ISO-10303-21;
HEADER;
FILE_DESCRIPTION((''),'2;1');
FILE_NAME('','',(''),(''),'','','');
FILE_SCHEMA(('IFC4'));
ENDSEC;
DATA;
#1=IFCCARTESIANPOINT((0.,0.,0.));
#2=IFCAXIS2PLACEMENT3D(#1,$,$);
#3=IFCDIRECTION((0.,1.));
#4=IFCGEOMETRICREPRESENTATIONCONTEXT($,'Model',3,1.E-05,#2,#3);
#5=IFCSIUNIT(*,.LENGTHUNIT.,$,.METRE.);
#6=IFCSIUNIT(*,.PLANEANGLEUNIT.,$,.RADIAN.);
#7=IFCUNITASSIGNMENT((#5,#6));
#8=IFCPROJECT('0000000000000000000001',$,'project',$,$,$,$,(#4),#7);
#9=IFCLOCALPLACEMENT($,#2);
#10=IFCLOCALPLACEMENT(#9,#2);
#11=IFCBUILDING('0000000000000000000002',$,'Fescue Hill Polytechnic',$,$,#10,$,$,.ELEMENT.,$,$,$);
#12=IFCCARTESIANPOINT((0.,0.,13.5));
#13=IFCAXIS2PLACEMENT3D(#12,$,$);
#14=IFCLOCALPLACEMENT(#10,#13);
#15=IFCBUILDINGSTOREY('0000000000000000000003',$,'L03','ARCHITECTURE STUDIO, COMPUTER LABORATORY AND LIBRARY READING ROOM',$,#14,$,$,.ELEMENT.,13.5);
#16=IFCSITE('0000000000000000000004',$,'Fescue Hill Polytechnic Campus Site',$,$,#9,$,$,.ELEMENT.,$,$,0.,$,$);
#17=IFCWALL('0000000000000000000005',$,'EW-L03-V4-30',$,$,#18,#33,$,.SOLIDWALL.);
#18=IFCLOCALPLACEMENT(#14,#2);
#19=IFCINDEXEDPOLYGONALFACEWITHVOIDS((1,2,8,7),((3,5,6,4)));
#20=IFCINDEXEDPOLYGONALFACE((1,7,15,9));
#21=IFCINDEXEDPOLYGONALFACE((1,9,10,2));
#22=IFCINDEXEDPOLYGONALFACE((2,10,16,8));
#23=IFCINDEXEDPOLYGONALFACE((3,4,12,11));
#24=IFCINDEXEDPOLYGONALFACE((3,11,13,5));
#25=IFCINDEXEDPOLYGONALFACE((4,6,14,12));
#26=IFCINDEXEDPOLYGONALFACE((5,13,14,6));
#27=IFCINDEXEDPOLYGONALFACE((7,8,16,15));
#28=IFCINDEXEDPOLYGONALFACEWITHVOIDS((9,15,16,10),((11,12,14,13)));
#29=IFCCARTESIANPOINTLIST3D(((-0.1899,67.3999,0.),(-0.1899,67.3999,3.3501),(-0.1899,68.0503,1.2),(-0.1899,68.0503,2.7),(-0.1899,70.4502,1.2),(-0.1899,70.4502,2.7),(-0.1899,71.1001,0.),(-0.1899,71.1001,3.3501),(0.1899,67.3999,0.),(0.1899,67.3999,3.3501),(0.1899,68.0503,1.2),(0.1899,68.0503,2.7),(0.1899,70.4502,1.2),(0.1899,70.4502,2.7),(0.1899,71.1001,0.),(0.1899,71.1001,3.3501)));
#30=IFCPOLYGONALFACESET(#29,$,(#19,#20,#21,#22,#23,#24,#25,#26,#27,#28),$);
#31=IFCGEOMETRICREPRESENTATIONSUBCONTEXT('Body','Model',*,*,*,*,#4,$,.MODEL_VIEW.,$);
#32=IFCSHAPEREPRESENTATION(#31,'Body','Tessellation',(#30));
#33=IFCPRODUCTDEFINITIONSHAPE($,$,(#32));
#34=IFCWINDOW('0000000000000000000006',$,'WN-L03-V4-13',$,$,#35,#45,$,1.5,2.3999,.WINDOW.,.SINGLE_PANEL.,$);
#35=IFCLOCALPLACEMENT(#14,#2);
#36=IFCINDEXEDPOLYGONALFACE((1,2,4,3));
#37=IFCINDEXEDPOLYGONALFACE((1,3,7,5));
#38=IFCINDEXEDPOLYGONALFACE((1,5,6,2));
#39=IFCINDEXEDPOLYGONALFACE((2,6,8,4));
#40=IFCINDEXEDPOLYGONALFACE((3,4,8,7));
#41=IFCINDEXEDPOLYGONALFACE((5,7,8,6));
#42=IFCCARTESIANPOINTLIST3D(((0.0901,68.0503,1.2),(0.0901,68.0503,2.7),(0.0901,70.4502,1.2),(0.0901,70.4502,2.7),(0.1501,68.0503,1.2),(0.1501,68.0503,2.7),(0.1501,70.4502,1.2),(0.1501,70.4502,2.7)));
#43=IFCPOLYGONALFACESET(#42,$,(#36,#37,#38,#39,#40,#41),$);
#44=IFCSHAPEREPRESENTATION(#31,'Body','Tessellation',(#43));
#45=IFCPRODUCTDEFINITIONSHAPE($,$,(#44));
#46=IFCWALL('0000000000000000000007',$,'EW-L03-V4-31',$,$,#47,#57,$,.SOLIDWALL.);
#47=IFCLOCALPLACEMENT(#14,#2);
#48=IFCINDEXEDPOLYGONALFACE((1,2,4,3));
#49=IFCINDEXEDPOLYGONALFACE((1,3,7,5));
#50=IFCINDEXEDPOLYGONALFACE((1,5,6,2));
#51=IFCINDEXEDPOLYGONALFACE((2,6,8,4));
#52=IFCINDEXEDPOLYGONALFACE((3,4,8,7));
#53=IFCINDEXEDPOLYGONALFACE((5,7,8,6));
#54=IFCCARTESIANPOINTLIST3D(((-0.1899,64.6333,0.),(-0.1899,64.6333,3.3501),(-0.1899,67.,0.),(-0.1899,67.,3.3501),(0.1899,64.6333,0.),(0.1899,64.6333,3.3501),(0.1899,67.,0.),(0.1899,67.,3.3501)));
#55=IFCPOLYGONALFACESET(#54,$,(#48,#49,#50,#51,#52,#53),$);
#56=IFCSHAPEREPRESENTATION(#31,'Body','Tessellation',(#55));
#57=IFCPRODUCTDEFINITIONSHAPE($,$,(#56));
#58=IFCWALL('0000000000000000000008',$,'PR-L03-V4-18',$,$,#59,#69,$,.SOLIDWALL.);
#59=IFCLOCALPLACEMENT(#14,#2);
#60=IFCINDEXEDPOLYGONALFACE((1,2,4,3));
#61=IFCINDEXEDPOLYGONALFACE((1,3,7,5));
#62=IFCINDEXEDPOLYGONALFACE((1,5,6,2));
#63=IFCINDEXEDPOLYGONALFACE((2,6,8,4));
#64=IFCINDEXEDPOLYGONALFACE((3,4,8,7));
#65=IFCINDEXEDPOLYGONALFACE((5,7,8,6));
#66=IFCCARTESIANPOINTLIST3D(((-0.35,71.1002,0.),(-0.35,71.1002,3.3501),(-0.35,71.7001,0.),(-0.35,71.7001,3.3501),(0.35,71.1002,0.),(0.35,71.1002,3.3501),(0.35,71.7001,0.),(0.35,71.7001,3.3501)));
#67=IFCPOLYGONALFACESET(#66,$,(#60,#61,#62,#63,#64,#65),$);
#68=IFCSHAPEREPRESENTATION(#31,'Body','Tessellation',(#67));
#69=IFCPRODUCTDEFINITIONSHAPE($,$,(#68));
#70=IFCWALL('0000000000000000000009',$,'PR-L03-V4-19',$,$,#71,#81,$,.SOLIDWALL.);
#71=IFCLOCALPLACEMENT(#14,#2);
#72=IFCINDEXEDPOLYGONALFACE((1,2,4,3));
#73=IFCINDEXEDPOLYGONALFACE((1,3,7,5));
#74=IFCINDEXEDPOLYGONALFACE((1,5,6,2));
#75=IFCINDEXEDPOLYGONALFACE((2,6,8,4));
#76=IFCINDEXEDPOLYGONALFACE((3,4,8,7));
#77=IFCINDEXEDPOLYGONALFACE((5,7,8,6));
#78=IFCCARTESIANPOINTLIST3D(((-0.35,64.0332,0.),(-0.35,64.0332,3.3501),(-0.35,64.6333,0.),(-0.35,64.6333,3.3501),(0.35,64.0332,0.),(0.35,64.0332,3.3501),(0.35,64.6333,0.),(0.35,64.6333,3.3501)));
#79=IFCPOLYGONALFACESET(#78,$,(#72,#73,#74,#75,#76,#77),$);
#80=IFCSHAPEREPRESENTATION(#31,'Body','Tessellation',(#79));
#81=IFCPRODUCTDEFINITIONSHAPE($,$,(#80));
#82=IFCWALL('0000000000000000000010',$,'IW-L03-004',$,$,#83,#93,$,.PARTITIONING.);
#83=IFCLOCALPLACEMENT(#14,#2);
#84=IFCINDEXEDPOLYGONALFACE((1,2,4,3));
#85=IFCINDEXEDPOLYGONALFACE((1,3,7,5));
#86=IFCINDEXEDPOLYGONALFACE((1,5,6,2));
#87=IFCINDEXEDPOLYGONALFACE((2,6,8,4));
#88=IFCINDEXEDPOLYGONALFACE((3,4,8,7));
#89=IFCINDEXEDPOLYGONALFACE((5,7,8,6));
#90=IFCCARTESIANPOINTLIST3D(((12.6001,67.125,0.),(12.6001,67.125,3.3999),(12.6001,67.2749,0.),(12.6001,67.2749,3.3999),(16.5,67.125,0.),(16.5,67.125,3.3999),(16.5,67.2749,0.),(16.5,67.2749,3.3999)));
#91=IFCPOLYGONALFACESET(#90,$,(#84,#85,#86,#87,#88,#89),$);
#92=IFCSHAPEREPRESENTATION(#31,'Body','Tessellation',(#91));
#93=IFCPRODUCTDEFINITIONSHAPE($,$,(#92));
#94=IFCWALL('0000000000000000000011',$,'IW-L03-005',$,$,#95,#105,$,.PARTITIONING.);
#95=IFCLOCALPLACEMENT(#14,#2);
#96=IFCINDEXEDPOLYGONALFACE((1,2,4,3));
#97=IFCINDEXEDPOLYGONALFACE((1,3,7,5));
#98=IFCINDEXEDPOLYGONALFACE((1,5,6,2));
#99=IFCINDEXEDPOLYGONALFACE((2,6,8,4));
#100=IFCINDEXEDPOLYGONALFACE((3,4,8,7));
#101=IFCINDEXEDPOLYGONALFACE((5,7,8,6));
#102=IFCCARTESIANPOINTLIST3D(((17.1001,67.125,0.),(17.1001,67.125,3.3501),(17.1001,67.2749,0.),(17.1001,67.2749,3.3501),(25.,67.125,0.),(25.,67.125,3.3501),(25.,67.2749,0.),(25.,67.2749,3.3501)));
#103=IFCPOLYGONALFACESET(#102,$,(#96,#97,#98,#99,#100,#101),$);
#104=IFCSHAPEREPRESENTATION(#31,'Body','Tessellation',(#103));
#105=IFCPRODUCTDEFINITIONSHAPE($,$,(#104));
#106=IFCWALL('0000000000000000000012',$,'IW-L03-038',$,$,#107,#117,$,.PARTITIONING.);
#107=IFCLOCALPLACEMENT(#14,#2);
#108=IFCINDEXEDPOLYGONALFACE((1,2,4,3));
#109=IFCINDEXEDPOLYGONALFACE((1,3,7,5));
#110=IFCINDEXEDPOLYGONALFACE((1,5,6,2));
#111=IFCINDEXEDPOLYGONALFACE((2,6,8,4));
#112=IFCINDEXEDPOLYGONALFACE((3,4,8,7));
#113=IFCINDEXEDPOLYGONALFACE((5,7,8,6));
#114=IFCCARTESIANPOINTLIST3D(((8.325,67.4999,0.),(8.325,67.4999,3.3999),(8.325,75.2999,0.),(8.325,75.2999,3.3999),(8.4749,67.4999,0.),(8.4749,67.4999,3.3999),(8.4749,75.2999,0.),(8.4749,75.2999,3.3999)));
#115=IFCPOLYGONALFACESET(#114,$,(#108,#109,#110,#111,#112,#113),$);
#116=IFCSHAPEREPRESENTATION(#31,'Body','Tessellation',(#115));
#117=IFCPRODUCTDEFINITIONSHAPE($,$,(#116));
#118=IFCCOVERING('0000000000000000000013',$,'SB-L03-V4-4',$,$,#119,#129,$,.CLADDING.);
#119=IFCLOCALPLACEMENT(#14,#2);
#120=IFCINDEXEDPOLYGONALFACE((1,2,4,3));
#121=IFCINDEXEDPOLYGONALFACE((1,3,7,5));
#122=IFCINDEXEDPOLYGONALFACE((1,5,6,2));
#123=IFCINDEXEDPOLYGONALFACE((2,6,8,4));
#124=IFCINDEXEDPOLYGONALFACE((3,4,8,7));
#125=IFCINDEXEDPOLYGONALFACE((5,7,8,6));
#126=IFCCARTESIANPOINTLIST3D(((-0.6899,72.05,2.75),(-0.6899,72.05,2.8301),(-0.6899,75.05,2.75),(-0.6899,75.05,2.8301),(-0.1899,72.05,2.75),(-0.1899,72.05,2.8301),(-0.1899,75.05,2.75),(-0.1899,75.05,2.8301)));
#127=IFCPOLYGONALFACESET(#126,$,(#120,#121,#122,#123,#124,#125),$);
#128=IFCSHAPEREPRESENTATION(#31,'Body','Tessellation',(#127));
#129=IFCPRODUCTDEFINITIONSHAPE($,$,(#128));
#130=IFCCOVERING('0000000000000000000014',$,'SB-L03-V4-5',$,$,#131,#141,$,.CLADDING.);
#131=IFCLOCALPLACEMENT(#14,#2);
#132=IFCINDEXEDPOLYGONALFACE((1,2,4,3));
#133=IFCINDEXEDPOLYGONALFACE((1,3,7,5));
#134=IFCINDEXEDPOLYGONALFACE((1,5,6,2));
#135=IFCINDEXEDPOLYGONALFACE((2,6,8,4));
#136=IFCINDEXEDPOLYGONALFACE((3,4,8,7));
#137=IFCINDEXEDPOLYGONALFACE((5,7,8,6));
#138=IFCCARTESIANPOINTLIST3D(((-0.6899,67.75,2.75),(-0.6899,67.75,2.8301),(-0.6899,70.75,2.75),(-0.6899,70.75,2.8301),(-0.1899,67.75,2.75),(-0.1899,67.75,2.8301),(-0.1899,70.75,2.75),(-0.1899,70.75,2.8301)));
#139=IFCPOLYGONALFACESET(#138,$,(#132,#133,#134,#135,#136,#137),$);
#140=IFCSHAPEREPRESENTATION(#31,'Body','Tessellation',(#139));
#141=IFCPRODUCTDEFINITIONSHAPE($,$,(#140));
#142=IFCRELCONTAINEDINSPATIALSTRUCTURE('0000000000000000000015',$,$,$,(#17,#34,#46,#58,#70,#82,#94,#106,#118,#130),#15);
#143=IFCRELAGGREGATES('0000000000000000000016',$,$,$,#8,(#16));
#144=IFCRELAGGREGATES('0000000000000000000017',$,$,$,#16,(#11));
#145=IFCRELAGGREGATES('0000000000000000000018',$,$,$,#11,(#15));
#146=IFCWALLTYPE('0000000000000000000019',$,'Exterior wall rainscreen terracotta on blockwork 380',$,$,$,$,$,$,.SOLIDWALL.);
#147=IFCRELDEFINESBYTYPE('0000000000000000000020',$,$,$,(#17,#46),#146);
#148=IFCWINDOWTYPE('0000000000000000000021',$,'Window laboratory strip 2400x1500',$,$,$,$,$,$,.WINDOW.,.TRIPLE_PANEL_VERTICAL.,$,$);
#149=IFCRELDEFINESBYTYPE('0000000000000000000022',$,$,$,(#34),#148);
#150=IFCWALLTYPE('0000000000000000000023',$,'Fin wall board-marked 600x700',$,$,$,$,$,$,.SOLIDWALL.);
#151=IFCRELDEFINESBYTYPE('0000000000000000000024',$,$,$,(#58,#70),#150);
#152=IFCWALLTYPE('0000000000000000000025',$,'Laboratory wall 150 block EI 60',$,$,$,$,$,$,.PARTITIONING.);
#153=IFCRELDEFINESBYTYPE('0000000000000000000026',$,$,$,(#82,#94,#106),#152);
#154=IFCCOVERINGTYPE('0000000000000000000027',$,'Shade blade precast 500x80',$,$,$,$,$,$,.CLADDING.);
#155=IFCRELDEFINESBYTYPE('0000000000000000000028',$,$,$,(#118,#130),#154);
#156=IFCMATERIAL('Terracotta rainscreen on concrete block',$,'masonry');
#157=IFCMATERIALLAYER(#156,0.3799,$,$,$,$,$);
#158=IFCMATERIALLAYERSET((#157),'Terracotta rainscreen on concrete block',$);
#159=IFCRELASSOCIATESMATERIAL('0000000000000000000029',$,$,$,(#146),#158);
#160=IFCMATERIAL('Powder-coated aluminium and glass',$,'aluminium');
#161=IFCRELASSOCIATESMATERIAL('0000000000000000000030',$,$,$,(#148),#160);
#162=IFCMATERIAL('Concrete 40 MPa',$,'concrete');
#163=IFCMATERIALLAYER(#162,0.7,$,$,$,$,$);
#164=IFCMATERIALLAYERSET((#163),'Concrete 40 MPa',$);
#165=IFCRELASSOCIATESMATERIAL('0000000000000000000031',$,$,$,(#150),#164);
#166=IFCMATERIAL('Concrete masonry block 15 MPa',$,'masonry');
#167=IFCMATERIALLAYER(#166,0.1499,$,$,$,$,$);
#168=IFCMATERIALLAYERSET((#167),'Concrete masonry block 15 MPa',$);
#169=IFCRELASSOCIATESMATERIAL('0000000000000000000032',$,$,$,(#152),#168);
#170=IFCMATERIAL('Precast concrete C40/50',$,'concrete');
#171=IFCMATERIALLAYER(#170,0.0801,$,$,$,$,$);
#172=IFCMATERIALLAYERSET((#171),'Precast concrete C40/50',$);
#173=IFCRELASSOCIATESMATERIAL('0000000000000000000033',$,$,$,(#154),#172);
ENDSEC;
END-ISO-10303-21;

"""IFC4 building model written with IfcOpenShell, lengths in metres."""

from ifc_helpers import new_model, si_unit, direction, frame, frame_2d, origin, origin_2d, place, context, subcontext, project, spatial, rectangle, extrude, material, layer, layer_set, type_object, element, fill, save


model = new_model("IFC4")

# Units and contexts
model_context = context("Model", 3, precision=1e-05, world=origin(), true_north=direction((0.0, 1.0)))
body_context = subcontext(model_context, "Body", "Model", "MODEL_VIEW")
ifc_project = project(units=[si_unit("LENGTHUNIT", "METRE"), si_unit("PLANEANGLEUNIT", "RADIAN")], contexts=[model_context])

# Site, building, storey
site_placement = place(None, origin())
site = spatial("IfcSite", under=ifc_project, at=site_placement, Name="Fescue Hill Polytechnic Campus Site", CompositionType="ELEMENT", RefElevation=0.0)
building_placement = place(site_placement, origin())
building = spatial("IfcBuilding", under=site, at=building_placement, Name="Fescue Hill Polytechnic", CompositionType="ELEMENT")
storey_placement = place(building_placement, frame((0.0, 0.0, 13.5)))
storey = spatial("IfcBuildingStorey", under=building, at=storey_placement, Name="L03", Description="ARCHITECTURE STUDIO, COMPUTER LABORATORY AND LIBRARY READING ROOM", CompositionType="ELEMENT", Elevation=13.5)

# Shared definitions
ifc_material_1 = material(Name="Concrete 40 MPa", Category="concrete")

# Wall, opening, window
ifc_material_2 = material(Name="Terracotta rainscreen on concrete block", Category="masonry")
ifc_layer_1 = layer(ifc_material_2, 0.3799)
ifc_layer_set_1 = layer_set([ifc_layer_1], Name="Terracotta rainscreen on concrete block")
wall_type_1 = type_object("IfcWallType", Name="Exterior wall rainscreen terracotta on blockwork 380", PredefinedType="SOLIDWALL", material=ifc_layer_set_1)
ifc_material_3 = material(Name="Powder-coated aluminium and glass", Category="aluminium")
window_type = type_object("IfcWindowType", Name="Window laboratory strip 2400x1500", PartitioningType="TRIPLE_PANEL_VERTICAL", PredefinedType="WINDOW", material=ifc_material_3)
wall_1_placement = place(storey_placement, frame((0.0, 71.1001, 0.0), z_axis=(0.0, 0.0, 1.0), x_axis=(0.0, -1.0, 0.0)))
wall_1 = element("IfcWall", 1, at=wall_1_placement, inside=storey, type_object=wall_type_1, Name="EW-L03-V4-30", PredefinedType="SOLIDWALL", context=body_context, shape_type="SweptSolid", body=[
    extrude(rectangle(XDim=3.7002, YDim=0.3799, at=frame_2d((1.8501, 0.0))), origin(), (0.0, 0.0, 1.0), 3.3501),
])
opening_1_placement = place(wall_1_placement, frame((0.6499, 0.0, 1.2)))
opening_1 = element("IfcOpeningElement", 2, at=opening_1_placement, cuts=wall_1, PredefinedType="OPENING", context=body_context, shape_type="SweptSolid", body=[
    extrude(rectangle(XDim=2.3999, YDim=1.5, at=frame_2d((1.2, 0.75))), frame((0.0, 0.2, 0.0), z_axis=(0.0, -1.0, 0.0), x_axis=(1.0, 0.0, 0.0)), (0.0, 0.0, 1.0), 0.3999),
])
window_1_placement = place(opening_1_placement, origin())
window_1 = element("IfcWindow", 3, at=window_1_placement, inside=storey, type_object=window_type, Name="WN-L03-V4-13", OverallHeight=1.5, OverallWidth=2.3999, PartitioningType="SINGLE_PANEL", PredefinedType="WINDOW", context=body_context, shape_type="SweptSolid", body=[
    extrude(rectangle(XDim=2.3999, YDim=1.5, at=frame_2d((1.2, 0.75))), frame((0.0, 0.1501, 0.0), z_axis=(0.0, -1.0, 0.0), x_axis=(1.0, 0.0, 0.0)), (0.0, 0.0, 1.0), 0.0601),
])
fill(opening_1, window_1)

# Walls
wall_2_placement = place(storey_placement, frame((0.0, 67.0, 0.0), z_axis=(0.0, 0.0, 1.0), x_axis=(0.0, -1.0, 0.0)))
element("IfcWall", 4, at=wall_2_placement, inside=storey, type_object=wall_type_1, Name="EW-L03-V4-31", PredefinedType="SOLIDWALL", context=body_context, shape_type="SweptSolid", body=[
    extrude(rectangle(XDim=2.3667, YDim=0.3799, at=frame_2d((1.1833, 0.0))), origin(), (0.0, 0.0, 1.0), 3.3501),
])
ifc_layer_2 = layer(ifc_material_1, 0.7)
ifc_layer_set_2 = layer_set([ifc_layer_2], Name="Concrete 40 MPa")
wall_type_2 = type_object("IfcWallType", Name="Fin wall board-marked 600x700", PredefinedType="SOLIDWALL", material=ifc_layer_set_2)
wall_3_placement = place(storey_placement, frame((0.0, 71.7, 0.0), z_axis=(0.0, 0.0, 1.0), x_axis=(0.0, -1.0, 0.0)))
element("IfcWall", 5, at=wall_3_placement, inside=storey, type_object=wall_type_2, Name="PR-L03-V4-18", PredefinedType="SOLIDWALL", context=body_context, shape_type="SweptSolid", body=[
    extrude(rectangle(XDim=0.5999, YDim=0.7, at=frame_2d((0.2998, 0.0))), origin(), (0.0, 0.0, 1.0), 3.3501),
])
wall_4_placement = place(storey_placement, frame((0.0, 64.6333, 0.0), z_axis=(0.0, 0.0, 1.0), x_axis=(0.0, -1.0, 0.0)))
element("IfcWall", 6, at=wall_4_placement, inside=storey, type_object=wall_type_2, Name="PR-L03-V4-19", PredefinedType="SOLIDWALL", context=body_context, shape_type="SweptSolid", body=[
    extrude(rectangle(XDim=0.6001, YDim=0.7, at=frame_2d((0.3, 0.0))), origin(), (0.0, 0.0, 1.0), 3.3501),
])
ifc_material_4 = material(Name="Concrete masonry block 15 MPa", Category="masonry")
ifc_layer_3 = layer(ifc_material_4, 0.1499)
ifc_layer_set_3 = layer_set([ifc_layer_3], Name="Concrete masonry block 15 MPa")
wall_type_3 = type_object("IfcWallType", Name="Laboratory wall 150 block EI 60", PredefinedType="PARTITIONING", material=ifc_layer_set_3)
wall_5_placement = place(storey_placement, frame((12.6001, 67.2, 0.0), z_axis=(0.0, 0.0, 1.0), x_axis=(1.0, 0.0, 0.0)))
element("IfcWall", 7, at=wall_5_placement, inside=storey, type_object=wall_type_3, Name="IW-L03-004", PredefinedType="PARTITIONING", context=body_context, shape_type="SweptSolid", body=[
    extrude(rectangle(XDim=3.8999, YDim=0.1499, at=frame_2d((1.95, 0.0))), origin(), (0.0, 0.0, 1.0), 3.3999),
])
wall_6_placement = place(storey_placement, frame((17.1001, 67.2, 0.0), z_axis=(0.0, 0.0, 1.0), x_axis=(1.0, 0.0, 0.0)))
element("IfcWall", 8, at=wall_6_placement, inside=storey, type_object=wall_type_3, Name="IW-L03-005", PredefinedType="PARTITIONING", context=body_context, shape_type="SweptSolid", body=[
    extrude(rectangle(XDim=7.8999, YDim=0.1499, at=frame_2d((3.95, 0.0))), origin(), (0.0, 0.0, 1.0), 3.3501),
])
wall_7_placement = place(storey_placement, frame((8.3999, 67.5, 0.0), z_axis=(0.0, 0.0, 1.0), x_axis=(0.0, 1.0, 0.0)))
element("IfcWall", 9, at=wall_7_placement, inside=storey, type_object=wall_type_3, Name="IW-L03-038", PredefinedType="PARTITIONING", context=body_context, shape_type="SweptSolid", body=[
    extrude(rectangle(XDim=7.8, YDim=0.1499, at=frame_2d((3.8999, 0.0))), origin(), (0.0, 0.0, 1.0), 3.3999),
])

# Coverings
ifc_material_5 = material(Name="Precast concrete C40/50", Category="concrete")
ifc_layer_4 = layer(ifc_material_5, 0.0801)
ifc_layer_set_4 = layer_set([ifc_layer_4], Name="Precast concrete C40/50")
covering_type = type_object("IfcCoveringType", Name="Shade blade precast 500x80", PredefinedType="CLADDING", material=ifc_layer_set_4)
for number, where, z_axis, x_axis, name in (
    (10, (-0.4399, 73.55, 2.75), (0.0, 0.0, 1.0), (0.0, -1.0, 0.0), "SB-L03-V4-4"),
    (11, (-0.4399, 69.25, 2.75), (0.0, 0.0, 1.0), (0.0, -1.0, 0.0), "SB-L03-V4-5"),
):
    element("IfcCovering", number, at=place(storey_placement, frame(where, z_axis=z_axis, x_axis=x_axis)), inside=storey, type_object=covering_type, Name=name, PredefinedType="CLADDING", context=body_context, shape_type="SweptSolid", body=[
        extrude(rectangle(XDim=3.0, YDim=0.5, at=origin_2d()), origin(), (0.0, 0.0, 1.0), 0.0801),
    ])

save(model, "model.ifc")
